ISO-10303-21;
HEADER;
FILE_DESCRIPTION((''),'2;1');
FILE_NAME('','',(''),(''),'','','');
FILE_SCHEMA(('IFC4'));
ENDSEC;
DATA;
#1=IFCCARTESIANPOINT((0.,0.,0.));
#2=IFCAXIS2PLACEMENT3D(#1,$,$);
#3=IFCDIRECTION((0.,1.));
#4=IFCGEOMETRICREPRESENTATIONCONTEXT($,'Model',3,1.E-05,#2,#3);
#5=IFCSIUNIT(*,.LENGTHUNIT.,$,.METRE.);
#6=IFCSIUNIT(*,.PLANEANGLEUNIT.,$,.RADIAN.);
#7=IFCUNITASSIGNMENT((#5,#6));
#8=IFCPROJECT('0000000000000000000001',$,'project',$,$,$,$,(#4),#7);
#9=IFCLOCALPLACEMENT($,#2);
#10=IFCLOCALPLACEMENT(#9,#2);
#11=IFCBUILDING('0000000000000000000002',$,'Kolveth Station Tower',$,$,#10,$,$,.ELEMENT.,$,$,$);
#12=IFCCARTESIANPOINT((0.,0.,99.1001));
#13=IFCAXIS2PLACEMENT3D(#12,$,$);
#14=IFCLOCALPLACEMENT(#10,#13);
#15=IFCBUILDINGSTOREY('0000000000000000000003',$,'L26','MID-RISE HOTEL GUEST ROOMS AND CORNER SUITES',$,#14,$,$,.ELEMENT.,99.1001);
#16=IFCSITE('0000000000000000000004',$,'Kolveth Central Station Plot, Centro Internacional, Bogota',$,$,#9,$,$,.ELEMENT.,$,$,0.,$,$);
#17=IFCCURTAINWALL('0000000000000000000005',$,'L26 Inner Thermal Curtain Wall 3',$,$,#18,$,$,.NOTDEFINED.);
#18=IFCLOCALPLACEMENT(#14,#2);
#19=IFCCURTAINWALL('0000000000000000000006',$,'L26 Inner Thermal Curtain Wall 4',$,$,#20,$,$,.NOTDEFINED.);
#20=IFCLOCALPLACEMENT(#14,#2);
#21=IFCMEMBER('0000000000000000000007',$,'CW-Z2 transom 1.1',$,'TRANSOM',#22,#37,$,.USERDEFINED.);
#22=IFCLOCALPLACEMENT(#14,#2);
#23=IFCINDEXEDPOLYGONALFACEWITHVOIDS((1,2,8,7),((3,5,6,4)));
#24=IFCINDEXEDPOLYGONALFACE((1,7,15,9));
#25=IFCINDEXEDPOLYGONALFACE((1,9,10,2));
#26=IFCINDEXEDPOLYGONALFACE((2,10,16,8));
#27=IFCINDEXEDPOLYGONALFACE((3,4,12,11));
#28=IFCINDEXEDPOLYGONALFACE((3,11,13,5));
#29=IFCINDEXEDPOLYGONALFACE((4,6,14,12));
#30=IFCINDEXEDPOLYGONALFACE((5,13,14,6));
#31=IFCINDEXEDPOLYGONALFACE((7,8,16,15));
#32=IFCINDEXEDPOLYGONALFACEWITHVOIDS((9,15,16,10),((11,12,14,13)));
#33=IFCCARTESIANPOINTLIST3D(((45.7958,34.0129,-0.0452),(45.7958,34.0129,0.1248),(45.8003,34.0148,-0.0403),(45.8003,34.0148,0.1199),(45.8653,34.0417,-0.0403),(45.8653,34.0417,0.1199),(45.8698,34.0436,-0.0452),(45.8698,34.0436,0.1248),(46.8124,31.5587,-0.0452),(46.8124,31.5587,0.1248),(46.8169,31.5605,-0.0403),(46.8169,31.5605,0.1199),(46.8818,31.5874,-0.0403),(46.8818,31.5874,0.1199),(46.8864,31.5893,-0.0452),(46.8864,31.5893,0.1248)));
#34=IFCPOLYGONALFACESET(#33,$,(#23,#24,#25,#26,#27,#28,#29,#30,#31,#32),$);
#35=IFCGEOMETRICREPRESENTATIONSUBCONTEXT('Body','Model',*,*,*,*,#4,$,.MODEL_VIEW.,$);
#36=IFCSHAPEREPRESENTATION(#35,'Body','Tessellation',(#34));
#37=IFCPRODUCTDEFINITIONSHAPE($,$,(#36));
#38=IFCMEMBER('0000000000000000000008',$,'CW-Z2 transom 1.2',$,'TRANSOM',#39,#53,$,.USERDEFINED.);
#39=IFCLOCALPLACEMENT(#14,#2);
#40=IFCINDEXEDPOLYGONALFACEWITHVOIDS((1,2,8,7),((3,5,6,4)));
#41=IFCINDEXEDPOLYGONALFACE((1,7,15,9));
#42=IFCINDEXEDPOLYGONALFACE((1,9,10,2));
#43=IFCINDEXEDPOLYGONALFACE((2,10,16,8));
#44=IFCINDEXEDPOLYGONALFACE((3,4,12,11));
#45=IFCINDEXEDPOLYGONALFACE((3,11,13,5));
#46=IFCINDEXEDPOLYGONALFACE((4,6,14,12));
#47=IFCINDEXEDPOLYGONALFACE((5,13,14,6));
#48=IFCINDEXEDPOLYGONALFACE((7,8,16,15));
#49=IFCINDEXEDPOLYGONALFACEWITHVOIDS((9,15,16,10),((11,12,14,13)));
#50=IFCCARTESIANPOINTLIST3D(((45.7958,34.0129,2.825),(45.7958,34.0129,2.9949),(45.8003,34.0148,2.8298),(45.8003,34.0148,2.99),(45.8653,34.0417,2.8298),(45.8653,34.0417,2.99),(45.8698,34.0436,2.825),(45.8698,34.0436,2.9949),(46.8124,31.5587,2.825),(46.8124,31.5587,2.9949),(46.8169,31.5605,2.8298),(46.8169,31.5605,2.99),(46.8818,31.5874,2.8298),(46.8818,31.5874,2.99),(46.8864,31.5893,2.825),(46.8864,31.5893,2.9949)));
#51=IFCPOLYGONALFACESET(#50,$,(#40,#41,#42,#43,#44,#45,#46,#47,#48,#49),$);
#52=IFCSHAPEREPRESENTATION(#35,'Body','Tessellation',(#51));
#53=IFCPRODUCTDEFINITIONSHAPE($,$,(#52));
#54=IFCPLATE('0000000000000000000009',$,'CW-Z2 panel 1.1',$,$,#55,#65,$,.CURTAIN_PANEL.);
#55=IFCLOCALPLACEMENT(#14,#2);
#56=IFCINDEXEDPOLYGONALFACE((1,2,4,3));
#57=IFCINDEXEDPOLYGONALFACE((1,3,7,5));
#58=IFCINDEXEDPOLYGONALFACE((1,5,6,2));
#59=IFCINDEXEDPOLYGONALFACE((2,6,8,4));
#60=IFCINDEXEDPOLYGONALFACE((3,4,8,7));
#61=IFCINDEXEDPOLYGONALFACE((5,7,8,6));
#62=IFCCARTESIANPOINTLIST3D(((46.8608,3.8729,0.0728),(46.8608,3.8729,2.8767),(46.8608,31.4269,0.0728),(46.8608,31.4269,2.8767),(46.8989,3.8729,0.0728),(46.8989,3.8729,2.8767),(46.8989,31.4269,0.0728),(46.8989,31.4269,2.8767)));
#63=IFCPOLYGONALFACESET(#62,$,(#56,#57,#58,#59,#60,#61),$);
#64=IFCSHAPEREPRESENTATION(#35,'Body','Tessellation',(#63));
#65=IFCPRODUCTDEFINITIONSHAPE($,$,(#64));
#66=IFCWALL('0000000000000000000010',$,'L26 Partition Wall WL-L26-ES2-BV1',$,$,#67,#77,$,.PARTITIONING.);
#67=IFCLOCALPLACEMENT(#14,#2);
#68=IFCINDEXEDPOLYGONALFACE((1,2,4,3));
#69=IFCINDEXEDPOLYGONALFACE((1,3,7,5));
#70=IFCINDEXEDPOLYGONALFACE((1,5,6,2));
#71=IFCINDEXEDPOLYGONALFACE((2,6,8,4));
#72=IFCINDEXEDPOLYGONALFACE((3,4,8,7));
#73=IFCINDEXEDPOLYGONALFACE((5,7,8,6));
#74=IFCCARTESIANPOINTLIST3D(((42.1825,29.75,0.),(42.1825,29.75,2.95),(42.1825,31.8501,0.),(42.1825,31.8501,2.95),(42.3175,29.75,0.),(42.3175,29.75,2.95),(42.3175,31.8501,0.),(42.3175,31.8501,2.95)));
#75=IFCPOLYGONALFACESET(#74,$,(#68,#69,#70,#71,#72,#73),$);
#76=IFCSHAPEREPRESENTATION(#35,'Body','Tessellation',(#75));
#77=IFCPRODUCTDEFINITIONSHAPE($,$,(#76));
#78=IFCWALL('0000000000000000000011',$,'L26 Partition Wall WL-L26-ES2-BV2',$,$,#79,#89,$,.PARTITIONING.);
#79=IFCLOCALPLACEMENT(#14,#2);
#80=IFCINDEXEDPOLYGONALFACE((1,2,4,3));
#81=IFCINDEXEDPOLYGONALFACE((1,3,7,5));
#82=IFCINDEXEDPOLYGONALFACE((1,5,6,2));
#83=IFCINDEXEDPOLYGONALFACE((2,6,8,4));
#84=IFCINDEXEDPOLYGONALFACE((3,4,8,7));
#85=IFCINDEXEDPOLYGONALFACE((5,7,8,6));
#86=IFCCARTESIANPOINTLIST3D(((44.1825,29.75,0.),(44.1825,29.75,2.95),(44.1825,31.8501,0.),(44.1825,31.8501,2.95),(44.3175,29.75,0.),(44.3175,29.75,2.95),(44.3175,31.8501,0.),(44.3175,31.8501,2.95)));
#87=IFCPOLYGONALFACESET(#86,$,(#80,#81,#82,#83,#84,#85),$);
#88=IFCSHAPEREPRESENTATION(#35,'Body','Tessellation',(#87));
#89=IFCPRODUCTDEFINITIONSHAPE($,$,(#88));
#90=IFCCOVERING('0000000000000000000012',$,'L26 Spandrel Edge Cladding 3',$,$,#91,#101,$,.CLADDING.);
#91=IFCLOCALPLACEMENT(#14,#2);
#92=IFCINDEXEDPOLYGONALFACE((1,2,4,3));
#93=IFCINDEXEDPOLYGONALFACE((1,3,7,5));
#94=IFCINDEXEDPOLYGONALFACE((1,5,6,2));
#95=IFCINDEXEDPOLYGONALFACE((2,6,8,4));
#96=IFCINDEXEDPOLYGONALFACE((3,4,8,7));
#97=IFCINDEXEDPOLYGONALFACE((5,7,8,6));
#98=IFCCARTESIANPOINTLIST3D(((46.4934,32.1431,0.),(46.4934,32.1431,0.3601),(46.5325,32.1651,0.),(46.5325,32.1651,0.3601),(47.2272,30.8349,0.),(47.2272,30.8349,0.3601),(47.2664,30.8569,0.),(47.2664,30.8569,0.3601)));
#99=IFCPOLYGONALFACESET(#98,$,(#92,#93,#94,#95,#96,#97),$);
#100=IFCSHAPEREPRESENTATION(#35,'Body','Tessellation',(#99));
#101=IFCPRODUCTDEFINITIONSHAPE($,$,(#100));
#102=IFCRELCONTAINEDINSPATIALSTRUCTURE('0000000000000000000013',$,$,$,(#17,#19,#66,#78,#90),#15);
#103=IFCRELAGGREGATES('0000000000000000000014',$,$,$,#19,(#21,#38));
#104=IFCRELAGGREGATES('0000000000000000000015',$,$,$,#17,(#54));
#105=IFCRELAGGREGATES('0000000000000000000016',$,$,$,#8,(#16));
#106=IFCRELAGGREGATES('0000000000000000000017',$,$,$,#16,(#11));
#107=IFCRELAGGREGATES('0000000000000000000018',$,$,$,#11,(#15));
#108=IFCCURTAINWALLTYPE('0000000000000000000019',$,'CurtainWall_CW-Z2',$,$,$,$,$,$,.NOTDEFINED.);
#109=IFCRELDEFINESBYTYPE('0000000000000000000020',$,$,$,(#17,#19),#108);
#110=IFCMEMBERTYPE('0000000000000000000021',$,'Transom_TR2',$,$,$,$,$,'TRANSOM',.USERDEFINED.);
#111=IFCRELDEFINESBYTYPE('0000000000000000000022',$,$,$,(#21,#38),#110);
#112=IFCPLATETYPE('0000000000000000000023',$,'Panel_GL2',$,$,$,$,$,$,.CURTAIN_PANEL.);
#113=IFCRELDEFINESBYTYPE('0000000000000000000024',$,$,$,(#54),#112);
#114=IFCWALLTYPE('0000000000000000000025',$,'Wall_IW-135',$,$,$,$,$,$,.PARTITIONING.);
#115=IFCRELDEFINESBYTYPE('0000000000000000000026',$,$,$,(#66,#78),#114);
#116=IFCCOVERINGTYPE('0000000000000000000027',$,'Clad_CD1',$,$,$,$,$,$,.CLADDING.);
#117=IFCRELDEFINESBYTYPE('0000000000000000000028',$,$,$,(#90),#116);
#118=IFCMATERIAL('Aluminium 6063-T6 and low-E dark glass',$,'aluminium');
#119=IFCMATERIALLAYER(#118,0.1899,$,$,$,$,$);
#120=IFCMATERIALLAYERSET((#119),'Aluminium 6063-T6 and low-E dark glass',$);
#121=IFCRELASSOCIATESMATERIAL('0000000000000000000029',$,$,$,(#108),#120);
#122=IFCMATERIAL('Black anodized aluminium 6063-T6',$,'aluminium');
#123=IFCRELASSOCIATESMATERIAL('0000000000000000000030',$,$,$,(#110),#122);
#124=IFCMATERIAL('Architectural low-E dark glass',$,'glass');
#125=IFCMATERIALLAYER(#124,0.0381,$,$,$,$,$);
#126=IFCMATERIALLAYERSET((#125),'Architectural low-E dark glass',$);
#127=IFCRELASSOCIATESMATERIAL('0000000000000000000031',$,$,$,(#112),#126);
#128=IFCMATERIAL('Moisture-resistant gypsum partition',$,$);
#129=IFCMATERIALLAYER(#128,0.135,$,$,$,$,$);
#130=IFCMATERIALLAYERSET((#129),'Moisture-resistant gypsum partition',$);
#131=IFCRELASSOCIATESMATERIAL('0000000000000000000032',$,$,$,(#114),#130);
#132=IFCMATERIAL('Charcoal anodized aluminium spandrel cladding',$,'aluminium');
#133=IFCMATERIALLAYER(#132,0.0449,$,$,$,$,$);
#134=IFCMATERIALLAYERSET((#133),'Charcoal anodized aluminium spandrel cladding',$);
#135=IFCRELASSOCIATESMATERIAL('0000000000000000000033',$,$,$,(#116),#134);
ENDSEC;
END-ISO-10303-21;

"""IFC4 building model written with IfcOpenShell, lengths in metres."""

from ifc_helpers import new_model, si_unit, direction, frame, frame_2d, origin, origin_2d, place, context, subcontext, project, spatial, rectangle, hollow_rectangle, extrude, source, transform, mapped, material, layer, layer_set, material_profile, profile_set, type_object, element, aggregate, save


model = new_model("IFC4")

# Units and contexts
model_context = context("Model", 3, precision=1e-05, world=origin(), true_north=direction((0.0, 1.0)))
body_context = subcontext(model_context, "Body", "Model", "MODEL_VIEW")
ifc_project = project(units=[si_unit("LENGTHUNIT", "METRE"), si_unit("PLANEANGLEUNIT", "RADIAN")], contexts=[model_context])

# Site, building, storey
site_placement = place(None, origin())
site = spatial("IfcSite", under=ifc_project, at=site_placement, Name="Kolveth Central Station Plot, Centro Internacional, Bogota", CompositionType="ELEMENT", RefElevation=0.0)
building_placement = place(site_placement, origin())
building = spatial("IfcBuilding", under=site, at=building_placement, Name="Kolveth Station Tower", CompositionType="ELEMENT")
storey_placement = place(building_placement, frame((0.0, 0.0, 99.1001)))
storey = spatial("IfcBuildingStorey", under=building, at=storey_placement, Name="L26", Description="MID-RISE HOTEL GUEST ROOMS AND CORNER SUITES", CompositionType="ELEMENT", Elevation=99.1001)

# Curtain wall
ifc_material_1 = material(Name="Aluminium 6063-T6 and low-E dark glass", Category="aluminium")
ifc_layer_1 = layer(ifc_material_1, 0.1899)
ifc_layer_set_1 = layer_set([ifc_layer_1], Name="Aluminium 6063-T6 and low-E dark glass")
curtain_wall_type = type_object("IfcCurtainWallType", Name="CurtainWall_CW-Z2", PredefinedType="NOTDEFINED", material=ifc_layer_set_1)
curtain_wall_1_placement = place(storey_placement, origin())
curtain_wall_1 = element("IfcCurtainWall", 1, at=curtain_wall_1_placement, inside=storey, type_object=curtain_wall_type, Name="L26 Inner Thermal Curtain Wall 3", PredefinedType="NOTDEFINED")
ifc_material_2 = material(Name="Black anodized aluminium 6063-T6", Category="aluminium")

# Curtain wall, members
curtain_wall_2_placement = place(storey_placement, origin())
curtain_wall_2 = element("IfcCurtainWall", 2, at=curtain_wall_2_placement, inside=storey, type_object=curtain_wall_type, Name="L26 Inner Thermal Curtain Wall 4", PredefinedType="NOTDEFINED")
ifc_material_profile_1 = material_profile(ifc_material_2, hollow_rectangle(XDim=0.0801, YDim=0.1699, WallThickness=0.0049, at=origin_2d()), Name="ALU-80x170x5")
ifc_profile_set_1 = profile_set([ifc_material_profile_1], Name="Black anodized aluminium 6063-T6")
member_type_1 = type_object("IfcMemberType", Name="Transom_TR2", ElementType="TRANSOM", PredefinedType="USERDEFINED", material=ifc_profile_set_1)
shared_shape_1 = source(origin(), body_context, "Body", "SweptSolid", [
    extrude(hollow_rectangle(XDim=0.0801, YDim=0.1699, WallThickness=0.0049, at=origin_2d()), origin(), (0.0, 0.0, 1.0), 2.6565),
])
member_1_placement = place(storey_placement, frame((46.8494, 31.574, 0.0398), z_axis=(-0.382676, 0.923882, 0.0), x_axis=(-0.923882, -0.382676, 0.0)))
member_1 = element("IfcMember", 3, at=member_1_placement, type_object=member_type_1, Name="CW-Z2 transom 1.1", ObjectType="TRANSOM", PredefinedType="USERDEFINED", context=body_context, shape_type="MappedRepresentation", body=[
    mapped(shared_shape_1, transform((0.0, 0.0, 0.0), x_axis=(1.0, 0.0, 0.0), y_axis=(0.0, 1.0, 0.0), z_axis=(0.0, 0.0, 1.0), scale=1.0)),
])
member_2_placement = place(storey_placement, frame((46.8494, 31.574, 2.9099), z_axis=(-0.382676, 0.923882, 0.0), x_axis=(-0.923882, -0.382676, 0.0)))
member_2 = element("IfcMember", 4, at=member_2_placement, type_object=member_type_1, Name="CW-Z2 transom 1.2", ObjectType="TRANSOM", PredefinedType="USERDEFINED", context=body_context, shape_type="MappedRepresentation", body=[
    mapped(shared_shape_1, transform((0.0, 0.0, 0.0), x_axis=(1.0, 0.0, 0.0), y_axis=(0.0, 1.0, 0.0), z_axis=(0.0, 0.0, 1.0), scale=1.0)),
])
aggregate(curtain_wall_2, [member_1, member_2])

# Plate
ifc_material_3 = material(Name="Architectural low-E dark glass", Category="glass")
ifc_layer_2 = layer(ifc_material_3, 0.0381)
ifc_layer_set_2 = layer_set([ifc_layer_2], Name="Architectural low-E dark glass")
plate_type = type_object("IfcPlateType", Name="Panel_GL2", PredefinedType="CURTAIN_PANEL", material=ifc_layer_set_2)
shared_shape_2 = source(origin(), body_context, "Body", "SweptSolid", [
    extrude(rectangle(XDim=27.554, YDim=0.0381, at=origin_2d()), origin(), (0.0, 0.0, 1.0), 2.804),
])
plate_placement = place(storey_placement, frame((46.8799, 17.6499, 0.0728), z_axis=(0.0, 0.0, 1.0), x_axis=(0.0, 1.0, 0.0)))
plate = element("IfcPlate", 5, at=plate_placement, type_object=plate_type, Name="CW-Z2 panel 1.1", PredefinedType="CURTAIN_PANEL", context=body_context, shape_type="MappedRepresentation", body=[
    mapped(shared_shape_2, transform((0.0, 0.0, 0.0), x_axis=(1.0, 0.0, 0.0), y_axis=(0.0, 1.0, 0.0), z_axis=(0.0, 0.0, 1.0), scale=1.0)),
])
aggregate(curtain_wall_1, [plate])

# Walls
ifc_material_4 = material(Name="Moisture-resistant gypsum partition")
ifc_layer_3 = layer(ifc_material_4, 0.135)
ifc_layer_set_3 = layer_set([ifc_layer_3], Name="Moisture-resistant gypsum partition")
wall_type = type_object("IfcWallType", Name="Wall_IW-135", PredefinedType="PARTITIONING", material=ifc_layer_set_3)
for number, where, z_axis, x_axis, name in (
    (6, (42.25, 29.75, 0.0), (0.0, 0.0, 1.0), (0.0, 1.0, 0.0), "L26 Partition Wall WL-L26-ES2-BV1"),
    (7, (44.25, 29.75, 0.0), (0.0, 0.0, 1.0), (0.0, 1.0, 0.0), "L26 Partition Wall WL-L26-ES2-BV2"),
):
    element("IfcWall", number, at=place(storey_placement, frame(where, z_axis=z_axis, x_axis=x_axis)), inside=storey, type_object=wall_type, Name=name, PredefinedType="PARTITIONING", context=body_context, shape_type="SweptSolid", body=[
        extrude(rectangle(XDim=2.1001, YDim=0.135, at=frame_2d((1.05, 0.0))), origin(), (0.0, 0.0, 1.0), 2.95),
    ])

# Covering
ifc_material_5 = material(Name="Charcoal anodized aluminium spandrel cladding", Category="aluminium")
ifc_layer_4 = layer(ifc_material_5, 0.0449)
ifc_layer_set_4 = layer_set([ifc_layer_4], Name="Charcoal anodized aluminium spandrel cladding")
covering_type = type_object("IfcCoveringType", Name="Clad_CD1", PredefinedType="CLADDING", material=ifc_layer_set_4)
shared_shape_3 = source(origin(), body_context, "Body", "SweptSolid", [
    extrude(rectangle(XDim=1.5, YDim=0.0449, at=origin_2d()), origin(), (0.0, 0.0, 1.0), 0.3601),
])
covering_placement = place(storey_placement, frame((46.8799, 31.5, 0.0), z_axis=(0.0, 0.0, 1.0), x_axis=(-0.48923, 0.872155, 0.0)))
element("IfcCovering", 8, at=covering_placement, inside=storey, type_object=covering_type, Name="L26 Spandrel Edge Cladding 3", PredefinedType="CLADDING", context=body_context, shape_type="MappedRepresentation", body=[
    mapped(shared_shape_3, transform((0.0, 0.0, 0.0), x_axis=(1.0, 0.0, 0.0), y_axis=(0.0, 1.0, 0.0), z_axis=(0.0, 0.0, 1.0), scale=1.0)),
])

save(model, "model.ifc")
